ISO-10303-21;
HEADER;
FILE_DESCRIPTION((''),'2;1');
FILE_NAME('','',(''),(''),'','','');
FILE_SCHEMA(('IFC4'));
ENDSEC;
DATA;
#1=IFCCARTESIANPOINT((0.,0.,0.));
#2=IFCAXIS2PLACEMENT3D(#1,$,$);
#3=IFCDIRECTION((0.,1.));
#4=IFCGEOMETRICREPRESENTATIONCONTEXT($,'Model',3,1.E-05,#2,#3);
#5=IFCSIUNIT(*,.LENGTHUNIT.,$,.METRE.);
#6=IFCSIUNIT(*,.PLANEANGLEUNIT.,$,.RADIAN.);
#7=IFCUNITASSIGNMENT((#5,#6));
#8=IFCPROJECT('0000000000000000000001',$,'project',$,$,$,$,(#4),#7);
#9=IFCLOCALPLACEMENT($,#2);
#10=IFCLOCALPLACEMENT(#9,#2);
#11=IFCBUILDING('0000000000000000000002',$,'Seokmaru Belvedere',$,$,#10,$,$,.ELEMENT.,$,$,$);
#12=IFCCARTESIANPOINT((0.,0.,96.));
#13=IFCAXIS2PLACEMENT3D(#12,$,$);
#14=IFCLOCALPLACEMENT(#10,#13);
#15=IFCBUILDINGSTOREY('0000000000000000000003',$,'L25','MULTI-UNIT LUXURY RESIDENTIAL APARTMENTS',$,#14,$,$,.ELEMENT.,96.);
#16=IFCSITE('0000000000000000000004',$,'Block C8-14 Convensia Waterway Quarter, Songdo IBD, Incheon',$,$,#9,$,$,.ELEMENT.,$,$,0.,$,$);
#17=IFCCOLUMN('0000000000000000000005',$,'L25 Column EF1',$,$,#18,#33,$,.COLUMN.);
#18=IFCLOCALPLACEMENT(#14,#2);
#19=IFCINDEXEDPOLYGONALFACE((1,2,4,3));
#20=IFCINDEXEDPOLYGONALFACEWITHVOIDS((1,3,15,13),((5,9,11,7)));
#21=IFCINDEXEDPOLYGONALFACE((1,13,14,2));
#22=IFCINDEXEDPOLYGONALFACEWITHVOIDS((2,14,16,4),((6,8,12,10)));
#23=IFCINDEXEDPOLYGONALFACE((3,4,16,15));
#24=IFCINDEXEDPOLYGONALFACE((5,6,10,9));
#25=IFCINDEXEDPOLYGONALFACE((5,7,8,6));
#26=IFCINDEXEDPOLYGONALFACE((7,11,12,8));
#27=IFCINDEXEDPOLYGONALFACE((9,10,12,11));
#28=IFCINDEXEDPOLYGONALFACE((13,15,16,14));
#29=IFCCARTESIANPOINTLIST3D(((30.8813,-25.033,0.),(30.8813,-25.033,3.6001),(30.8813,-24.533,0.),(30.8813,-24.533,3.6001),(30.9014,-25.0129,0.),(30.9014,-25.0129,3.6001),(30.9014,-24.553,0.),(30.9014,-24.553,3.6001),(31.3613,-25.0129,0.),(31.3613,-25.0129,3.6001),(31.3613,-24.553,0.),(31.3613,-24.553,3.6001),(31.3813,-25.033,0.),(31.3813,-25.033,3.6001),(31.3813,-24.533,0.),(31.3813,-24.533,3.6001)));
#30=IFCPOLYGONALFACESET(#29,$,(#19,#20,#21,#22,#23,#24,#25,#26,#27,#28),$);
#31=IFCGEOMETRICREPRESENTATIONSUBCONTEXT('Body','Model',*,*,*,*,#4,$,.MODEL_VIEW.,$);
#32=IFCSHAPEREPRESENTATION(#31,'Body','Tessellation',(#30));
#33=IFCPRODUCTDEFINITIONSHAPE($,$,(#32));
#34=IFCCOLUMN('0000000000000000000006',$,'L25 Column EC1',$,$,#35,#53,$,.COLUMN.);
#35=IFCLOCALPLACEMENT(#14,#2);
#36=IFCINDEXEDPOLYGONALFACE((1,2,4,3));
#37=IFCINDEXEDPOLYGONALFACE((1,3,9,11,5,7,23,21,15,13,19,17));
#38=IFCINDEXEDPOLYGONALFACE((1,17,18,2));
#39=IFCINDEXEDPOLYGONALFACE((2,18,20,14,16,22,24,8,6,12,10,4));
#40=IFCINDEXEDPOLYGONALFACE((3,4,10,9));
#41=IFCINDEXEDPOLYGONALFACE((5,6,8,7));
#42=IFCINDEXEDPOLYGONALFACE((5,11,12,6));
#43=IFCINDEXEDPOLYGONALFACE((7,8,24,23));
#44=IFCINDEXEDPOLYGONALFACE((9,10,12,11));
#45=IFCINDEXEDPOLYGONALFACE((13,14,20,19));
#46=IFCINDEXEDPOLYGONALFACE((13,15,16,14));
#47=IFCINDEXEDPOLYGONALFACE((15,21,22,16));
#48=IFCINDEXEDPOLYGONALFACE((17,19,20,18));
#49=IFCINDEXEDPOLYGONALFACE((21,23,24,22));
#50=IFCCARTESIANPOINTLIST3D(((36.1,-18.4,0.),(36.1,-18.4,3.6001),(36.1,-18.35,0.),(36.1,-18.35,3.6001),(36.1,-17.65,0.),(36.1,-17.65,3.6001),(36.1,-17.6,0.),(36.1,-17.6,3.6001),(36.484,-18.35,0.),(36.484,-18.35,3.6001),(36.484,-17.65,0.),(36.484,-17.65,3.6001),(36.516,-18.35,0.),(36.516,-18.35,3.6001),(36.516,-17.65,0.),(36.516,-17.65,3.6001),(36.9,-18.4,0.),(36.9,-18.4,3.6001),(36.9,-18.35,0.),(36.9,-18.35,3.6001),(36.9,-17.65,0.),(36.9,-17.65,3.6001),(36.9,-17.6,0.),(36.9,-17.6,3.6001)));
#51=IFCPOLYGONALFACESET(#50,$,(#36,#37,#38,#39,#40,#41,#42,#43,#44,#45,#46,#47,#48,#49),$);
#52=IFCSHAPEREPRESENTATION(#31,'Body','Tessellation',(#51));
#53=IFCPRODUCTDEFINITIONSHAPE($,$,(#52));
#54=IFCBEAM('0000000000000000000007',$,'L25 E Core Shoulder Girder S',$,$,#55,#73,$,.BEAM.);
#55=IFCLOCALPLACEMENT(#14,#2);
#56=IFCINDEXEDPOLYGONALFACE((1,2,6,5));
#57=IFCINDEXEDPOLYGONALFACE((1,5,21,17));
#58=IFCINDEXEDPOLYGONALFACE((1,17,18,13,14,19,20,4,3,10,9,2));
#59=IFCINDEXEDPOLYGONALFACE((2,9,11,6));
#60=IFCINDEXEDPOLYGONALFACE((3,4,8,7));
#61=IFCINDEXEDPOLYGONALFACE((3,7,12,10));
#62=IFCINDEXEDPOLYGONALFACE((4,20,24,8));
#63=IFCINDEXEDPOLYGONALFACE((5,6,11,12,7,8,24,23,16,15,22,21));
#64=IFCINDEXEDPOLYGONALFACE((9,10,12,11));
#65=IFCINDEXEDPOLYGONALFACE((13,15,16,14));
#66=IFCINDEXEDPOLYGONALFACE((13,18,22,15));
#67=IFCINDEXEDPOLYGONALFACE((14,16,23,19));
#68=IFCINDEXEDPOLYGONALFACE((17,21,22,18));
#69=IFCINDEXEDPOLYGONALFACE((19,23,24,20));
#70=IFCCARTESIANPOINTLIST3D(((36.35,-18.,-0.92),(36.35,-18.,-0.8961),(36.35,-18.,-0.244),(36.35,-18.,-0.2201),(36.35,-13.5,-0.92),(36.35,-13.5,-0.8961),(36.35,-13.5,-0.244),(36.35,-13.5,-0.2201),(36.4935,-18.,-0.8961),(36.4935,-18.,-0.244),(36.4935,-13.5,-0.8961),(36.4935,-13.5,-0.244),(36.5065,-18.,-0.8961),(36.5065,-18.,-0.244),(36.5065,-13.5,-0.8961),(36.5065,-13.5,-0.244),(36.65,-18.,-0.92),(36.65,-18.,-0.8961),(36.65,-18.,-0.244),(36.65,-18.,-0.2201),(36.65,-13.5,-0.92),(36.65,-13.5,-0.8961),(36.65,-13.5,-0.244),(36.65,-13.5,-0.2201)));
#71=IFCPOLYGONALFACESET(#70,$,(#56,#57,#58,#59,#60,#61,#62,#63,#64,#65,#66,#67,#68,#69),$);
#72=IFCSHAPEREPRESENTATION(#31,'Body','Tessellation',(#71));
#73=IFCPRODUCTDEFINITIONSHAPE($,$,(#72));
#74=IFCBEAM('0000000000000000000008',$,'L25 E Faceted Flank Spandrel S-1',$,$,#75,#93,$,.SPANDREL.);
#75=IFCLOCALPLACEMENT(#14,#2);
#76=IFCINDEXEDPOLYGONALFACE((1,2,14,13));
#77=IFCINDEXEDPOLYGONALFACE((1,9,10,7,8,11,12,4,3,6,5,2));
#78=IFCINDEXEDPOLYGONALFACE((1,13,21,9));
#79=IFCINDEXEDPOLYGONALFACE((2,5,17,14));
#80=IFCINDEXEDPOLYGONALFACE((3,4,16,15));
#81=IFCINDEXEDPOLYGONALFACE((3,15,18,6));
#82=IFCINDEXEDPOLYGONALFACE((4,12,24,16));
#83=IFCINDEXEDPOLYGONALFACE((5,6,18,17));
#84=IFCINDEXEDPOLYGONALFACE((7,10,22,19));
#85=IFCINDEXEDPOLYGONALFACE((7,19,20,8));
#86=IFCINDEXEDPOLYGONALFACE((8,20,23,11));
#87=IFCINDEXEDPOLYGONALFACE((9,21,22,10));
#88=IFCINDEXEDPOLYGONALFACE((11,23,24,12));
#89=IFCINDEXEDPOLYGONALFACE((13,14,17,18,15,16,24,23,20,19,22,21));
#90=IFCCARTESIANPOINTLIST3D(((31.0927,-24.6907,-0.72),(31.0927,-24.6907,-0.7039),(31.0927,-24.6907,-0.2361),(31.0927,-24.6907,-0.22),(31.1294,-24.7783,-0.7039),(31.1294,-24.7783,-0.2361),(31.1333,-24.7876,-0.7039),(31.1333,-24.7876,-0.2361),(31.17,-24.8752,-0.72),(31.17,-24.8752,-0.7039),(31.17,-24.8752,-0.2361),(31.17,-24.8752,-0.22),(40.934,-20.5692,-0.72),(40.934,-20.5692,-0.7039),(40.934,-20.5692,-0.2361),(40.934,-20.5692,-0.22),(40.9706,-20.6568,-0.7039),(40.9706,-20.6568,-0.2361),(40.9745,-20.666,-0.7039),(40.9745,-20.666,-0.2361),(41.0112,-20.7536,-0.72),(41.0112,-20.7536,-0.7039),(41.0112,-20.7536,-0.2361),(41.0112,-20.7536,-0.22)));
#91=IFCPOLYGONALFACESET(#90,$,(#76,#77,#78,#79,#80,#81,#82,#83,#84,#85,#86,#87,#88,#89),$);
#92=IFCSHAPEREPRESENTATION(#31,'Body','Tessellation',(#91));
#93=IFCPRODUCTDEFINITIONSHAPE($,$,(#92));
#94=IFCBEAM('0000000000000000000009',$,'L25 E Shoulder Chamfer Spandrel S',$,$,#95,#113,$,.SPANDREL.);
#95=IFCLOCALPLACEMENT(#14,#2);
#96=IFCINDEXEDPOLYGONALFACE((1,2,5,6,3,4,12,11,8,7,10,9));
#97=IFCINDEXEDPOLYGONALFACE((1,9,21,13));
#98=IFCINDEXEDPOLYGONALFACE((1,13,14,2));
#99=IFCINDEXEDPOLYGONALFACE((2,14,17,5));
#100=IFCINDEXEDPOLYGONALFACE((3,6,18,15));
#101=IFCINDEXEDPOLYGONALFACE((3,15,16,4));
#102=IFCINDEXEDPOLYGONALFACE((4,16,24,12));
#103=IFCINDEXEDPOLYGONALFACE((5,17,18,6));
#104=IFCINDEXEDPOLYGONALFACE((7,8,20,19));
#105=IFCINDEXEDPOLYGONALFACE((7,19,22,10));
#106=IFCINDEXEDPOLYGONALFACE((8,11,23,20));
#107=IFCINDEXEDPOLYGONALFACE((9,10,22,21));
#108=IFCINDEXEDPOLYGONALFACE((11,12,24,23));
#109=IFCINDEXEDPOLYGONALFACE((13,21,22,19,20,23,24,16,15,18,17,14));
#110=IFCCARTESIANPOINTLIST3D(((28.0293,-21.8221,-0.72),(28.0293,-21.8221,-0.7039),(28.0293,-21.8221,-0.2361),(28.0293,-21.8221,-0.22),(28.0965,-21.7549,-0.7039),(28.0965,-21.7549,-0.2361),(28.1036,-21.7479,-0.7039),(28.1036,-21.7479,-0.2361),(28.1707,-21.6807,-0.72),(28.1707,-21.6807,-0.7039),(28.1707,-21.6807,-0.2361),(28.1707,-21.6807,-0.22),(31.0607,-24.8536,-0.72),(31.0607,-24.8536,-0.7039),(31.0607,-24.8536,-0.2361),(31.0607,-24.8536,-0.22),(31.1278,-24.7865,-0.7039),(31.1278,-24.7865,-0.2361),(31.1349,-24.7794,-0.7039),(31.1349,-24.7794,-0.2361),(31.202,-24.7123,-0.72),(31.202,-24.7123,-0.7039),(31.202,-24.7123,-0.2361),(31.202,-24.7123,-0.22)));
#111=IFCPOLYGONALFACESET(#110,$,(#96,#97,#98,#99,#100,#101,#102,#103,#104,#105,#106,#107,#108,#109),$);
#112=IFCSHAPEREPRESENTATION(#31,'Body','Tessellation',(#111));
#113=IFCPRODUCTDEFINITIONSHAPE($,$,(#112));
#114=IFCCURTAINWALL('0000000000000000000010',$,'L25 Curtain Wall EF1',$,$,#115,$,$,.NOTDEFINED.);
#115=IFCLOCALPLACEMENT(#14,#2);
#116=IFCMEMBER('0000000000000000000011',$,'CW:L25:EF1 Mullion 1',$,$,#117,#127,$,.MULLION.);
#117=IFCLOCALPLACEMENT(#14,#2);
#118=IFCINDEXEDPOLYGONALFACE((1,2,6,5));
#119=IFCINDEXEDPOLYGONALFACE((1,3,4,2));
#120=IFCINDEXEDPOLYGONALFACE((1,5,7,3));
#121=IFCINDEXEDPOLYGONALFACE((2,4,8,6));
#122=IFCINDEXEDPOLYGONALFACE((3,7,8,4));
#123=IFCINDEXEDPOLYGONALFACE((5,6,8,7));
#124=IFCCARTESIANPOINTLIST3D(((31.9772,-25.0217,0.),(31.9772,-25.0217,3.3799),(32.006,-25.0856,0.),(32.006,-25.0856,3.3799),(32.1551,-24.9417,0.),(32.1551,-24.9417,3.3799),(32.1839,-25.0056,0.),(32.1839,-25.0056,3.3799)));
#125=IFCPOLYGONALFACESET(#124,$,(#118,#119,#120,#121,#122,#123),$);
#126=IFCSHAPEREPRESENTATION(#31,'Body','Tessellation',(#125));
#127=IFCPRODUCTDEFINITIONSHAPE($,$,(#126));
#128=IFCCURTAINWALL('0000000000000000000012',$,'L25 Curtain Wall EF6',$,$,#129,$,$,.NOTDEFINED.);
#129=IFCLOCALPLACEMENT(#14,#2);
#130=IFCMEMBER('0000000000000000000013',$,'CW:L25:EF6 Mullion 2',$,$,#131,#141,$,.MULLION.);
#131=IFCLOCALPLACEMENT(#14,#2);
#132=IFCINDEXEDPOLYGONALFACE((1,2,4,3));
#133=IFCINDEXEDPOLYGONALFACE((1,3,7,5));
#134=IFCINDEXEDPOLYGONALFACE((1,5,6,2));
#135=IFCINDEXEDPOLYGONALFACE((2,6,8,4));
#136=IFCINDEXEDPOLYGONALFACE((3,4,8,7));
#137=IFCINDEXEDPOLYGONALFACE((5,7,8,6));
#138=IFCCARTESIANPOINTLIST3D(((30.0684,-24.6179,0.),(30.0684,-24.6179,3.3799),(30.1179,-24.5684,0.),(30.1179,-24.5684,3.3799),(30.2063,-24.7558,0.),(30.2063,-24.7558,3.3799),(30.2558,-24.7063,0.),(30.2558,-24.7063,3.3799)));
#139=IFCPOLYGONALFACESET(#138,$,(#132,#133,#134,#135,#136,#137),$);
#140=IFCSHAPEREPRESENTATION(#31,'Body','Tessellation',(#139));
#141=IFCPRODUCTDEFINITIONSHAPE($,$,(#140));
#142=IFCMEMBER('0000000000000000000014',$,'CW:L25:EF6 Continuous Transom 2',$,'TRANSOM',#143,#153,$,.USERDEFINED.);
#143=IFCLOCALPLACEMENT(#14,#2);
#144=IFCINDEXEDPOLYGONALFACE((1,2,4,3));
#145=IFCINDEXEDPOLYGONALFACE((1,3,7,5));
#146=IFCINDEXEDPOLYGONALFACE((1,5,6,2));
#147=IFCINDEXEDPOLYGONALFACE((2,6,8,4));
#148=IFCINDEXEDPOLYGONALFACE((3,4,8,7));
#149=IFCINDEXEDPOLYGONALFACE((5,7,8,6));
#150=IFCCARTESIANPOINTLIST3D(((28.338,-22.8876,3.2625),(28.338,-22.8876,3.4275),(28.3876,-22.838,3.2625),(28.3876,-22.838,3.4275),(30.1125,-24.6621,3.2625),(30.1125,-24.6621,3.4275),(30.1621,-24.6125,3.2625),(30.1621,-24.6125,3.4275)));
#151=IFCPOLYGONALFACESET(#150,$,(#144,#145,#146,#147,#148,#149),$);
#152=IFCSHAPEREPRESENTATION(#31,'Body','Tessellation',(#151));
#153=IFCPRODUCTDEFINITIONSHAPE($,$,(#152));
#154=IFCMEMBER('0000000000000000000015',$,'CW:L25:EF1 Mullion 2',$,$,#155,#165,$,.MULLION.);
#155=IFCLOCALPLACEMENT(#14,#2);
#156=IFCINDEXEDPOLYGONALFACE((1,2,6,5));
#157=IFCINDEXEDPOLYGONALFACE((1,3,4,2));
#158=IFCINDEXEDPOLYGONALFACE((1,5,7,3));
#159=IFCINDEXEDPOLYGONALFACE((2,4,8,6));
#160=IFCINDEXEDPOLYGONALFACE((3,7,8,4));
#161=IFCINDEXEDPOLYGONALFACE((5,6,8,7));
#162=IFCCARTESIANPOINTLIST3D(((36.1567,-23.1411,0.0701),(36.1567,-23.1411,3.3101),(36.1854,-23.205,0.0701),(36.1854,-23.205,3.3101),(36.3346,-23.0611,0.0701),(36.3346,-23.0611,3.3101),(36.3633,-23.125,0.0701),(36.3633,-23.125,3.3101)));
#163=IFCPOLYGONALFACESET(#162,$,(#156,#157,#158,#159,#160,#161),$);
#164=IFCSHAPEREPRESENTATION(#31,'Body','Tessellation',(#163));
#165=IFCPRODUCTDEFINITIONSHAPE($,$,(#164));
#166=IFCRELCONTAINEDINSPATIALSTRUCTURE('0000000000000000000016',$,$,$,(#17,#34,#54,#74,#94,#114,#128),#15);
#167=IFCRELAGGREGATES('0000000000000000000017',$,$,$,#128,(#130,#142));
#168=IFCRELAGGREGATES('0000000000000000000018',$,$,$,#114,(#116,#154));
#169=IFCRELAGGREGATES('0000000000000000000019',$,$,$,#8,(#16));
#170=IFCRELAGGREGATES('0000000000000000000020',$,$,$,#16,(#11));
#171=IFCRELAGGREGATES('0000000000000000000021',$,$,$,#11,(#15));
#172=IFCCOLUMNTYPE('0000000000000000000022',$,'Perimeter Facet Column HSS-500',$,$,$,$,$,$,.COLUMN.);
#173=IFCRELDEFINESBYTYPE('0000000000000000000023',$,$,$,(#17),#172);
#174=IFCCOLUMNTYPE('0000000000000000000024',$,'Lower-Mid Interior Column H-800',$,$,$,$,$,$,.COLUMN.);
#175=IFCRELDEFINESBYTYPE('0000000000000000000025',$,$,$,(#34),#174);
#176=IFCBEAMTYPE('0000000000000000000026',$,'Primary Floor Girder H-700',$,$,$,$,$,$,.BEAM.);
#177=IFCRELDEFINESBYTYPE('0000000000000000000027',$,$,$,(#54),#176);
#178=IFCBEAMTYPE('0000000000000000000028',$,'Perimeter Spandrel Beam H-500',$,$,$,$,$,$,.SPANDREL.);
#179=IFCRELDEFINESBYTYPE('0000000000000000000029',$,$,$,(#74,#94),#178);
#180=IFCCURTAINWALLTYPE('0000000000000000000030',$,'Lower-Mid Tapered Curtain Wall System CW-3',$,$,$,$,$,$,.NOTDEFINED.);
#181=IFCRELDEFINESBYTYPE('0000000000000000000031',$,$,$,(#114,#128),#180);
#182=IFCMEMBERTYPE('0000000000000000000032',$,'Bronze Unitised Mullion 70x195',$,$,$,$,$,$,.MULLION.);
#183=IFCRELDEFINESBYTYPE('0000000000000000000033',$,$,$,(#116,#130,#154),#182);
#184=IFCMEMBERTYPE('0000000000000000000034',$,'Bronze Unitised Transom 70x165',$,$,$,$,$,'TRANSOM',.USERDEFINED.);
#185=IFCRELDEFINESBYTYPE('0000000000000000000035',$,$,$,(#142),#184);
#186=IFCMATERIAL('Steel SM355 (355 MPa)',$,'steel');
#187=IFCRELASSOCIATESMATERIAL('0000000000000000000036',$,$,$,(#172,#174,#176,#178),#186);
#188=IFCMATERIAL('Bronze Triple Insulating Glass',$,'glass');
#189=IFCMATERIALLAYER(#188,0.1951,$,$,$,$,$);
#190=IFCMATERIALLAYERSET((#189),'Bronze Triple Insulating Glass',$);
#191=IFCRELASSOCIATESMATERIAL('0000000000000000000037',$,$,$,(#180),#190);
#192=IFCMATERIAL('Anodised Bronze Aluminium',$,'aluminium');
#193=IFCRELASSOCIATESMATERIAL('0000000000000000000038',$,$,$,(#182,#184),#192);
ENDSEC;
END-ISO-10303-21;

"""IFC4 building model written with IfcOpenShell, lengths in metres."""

from ifc_helpers import new_model, si_unit, direction, frame, origin, origin_2d, place, context, subcontext, project, spatial, rectangle, hollow_rectangle, i_section, extrude, source, transform, mapped, material, layer, layer_set, material_profile, profile_set, type_object, type_shapes, element, aggregate, save


model = new_model("IFC4")

# Units and contexts
model_context = context("Model", 3, precision=1e-05, world=origin(), true_north=direction((0.0, 1.0)))
body_context = subcontext(model_context, "Body", "Model", "MODEL_VIEW")
ifc_project = project(units=[si_unit("LENGTHUNIT", "METRE"), si_unit("PLANEANGLEUNIT", "RADIAN")], contexts=[model_context])

# Site, building, storey
site_placement = place(None, origin())
site = spatial("IfcSite", under=ifc_project, at=site_placement, Name="Block C8-14 Convensia Waterway Quarter, Songdo IBD, Incheon", CompositionType="ELEMENT", RefElevation=0.0)
building_placement = place(site_placement, origin())
building = spatial("IfcBuilding", under=site, at=building_placement, Name="Seokmaru Belvedere", CompositionType="ELEMENT")
storey_placement = place(building_placement, frame((0.0, 0.0, 96.0)))
storey = spatial("IfcBuildingStorey", under=building, at=storey_placement, Name="L25", Description="MULTI-UNIT LUXURY RESIDENTIAL APARTMENTS", CompositionType="ELEMENT", Elevation=96.0)

# Columns
ifc_material_1 = material(Name="Steel SM355 (355 MPa)", Category="steel")
ifc_material_profile_1 = material_profile(ifc_material_1, hollow_rectangle(XDim=0.5, YDim=0.5, WallThickness=0.02, at=origin_2d()), Name="HSS-500x500x20")
ifc_profile_set_1 = profile_set([ifc_material_profile_1], Name="Steel SM355 (355 MPa)")
column_type_1 = type_object("IfcColumnType", Name="Perimeter Facet Column HSS-500", PredefinedType="COLUMN", material=ifc_profile_set_1)
shared_shape_1 = source(origin(), body_context, "Body", "SweptSolid", [
    extrude(hollow_rectangle(XDim=0.5, YDim=0.5, WallThickness=0.02, at=origin_2d()), origin(), (0.0, 0.0, 1.0), 3.6001),
])
type_shapes(column_type_1, [shared_shape_1])
column_1_placement = place(storey_placement, frame((31.1313, -24.783, 0.0), z_axis=(0.0, 0.0, 1.0), x_axis=(1.0, 0.0, 0.0)))
element("IfcColumn", 1, at=column_1_placement, inside=storey, type_object=column_type_1, Name="L25 Column EF1", PredefinedType="COLUMN", context=body_context, shape_type="MappedRepresentation", body=[
    mapped(shared_shape_1, transform((0.0, 0.0, 0.0), scale=1.0)),
])
ifc_material_profile_2 = material_profile(ifc_material_1, i_section(OverallWidth=0.8, OverallDepth=0.8, WebThickness=0.032, FlangeThickness=0.05, at=origin_2d()), Name="H-800x800x32x50")
ifc_profile_set_2 = profile_set([ifc_material_profile_2], Name="Steel SM355 (355 MPa)")
column_type_2 = type_object("IfcColumnType", Name="Lower-Mid Interior Column H-800", PredefinedType="COLUMN", material=ifc_profile_set_2)
shared_shape_2 = source(origin(), body_context, "Body", "SweptSolid", [
    extrude(i_section(OverallWidth=0.8, OverallDepth=0.8, WebThickness=0.032, FlangeThickness=0.05, at=origin_2d()), origin(), (0.0, 0.0, 1.0), 3.6001),
])
type_shapes(column_type_2, [shared_shape_2])
column_2_placement = place(storey_placement, frame((36.5, -18.0, 0.0), z_axis=(0.0, 0.0, 1.0), x_axis=(1.0, 0.0, 0.0)))
element("IfcColumn", 2, at=column_2_placement, inside=storey, type_object=column_type_2, Name="L25 Column EC1", PredefinedType="COLUMN", context=body_context, shape_type="MappedRepresentation", body=[
    mapped(shared_shape_2, transform((0.0, 0.0, 0.0), scale=1.0)),
])

# Beams
ifc_material_profile_3 = material_profile(ifc_material_1, i_section(OverallWidth=0.3, OverallDepth=0.7, WebThickness=0.0129, FlangeThickness=0.0239, at=origin_2d()), Name="H-700x300x13x24")
ifc_profile_set_3 = profile_set([ifc_material_profile_3], Name="Steel SM355 (355 MPa)")
beam_type_1 = type_object("IfcBeamType", Name="Primary Floor Girder H-700", PredefinedType="BEAM", material=ifc_profile_set_3)
shared_shape_3 = source(origin(), body_context, "Body", "SweptSolid", [
    extrude(i_section(OverallWidth=0.3, OverallDepth=0.7, WebThickness=0.0129, FlangeThickness=0.0239, at=origin_2d()), origin(), (0.0, 0.0, 1.0), 4.5),
])
type_shapes(beam_type_1, [shared_shape_3])
beam_1_placement = place(storey_placement, frame((36.5, -18.0, -0.5701), z_axis=(0.0, 1.0, 0.0), x_axis=(-1.0, 0.0, 0.0)))
element("IfcBeam", 3, at=beam_1_placement, inside=storey, type_object=beam_type_1, Name="L25 E Core Shoulder Girder S", PredefinedType="BEAM", context=body_context, shape_type="MappedRepresentation", body=[
    mapped(shared_shape_3, transform((0.0, 0.0, 0.0), scale=1.0)),
])
ifc_material_profile_4 = material_profile(ifc_material_1, i_section(OverallWidth=0.2, OverallDepth=0.5, WebThickness=0.01, FlangeThickness=0.0161, at=origin_2d()), Name="H-500x200x10x16")
ifc_profile_set_4 = profile_set([ifc_material_profile_4], Name="Steel SM355 (355 MPa)")
beam_type_2 = type_object("IfcBeamType", Name="Perimeter Spandrel Beam H-500", PredefinedType="SPANDREL", material=ifc_profile_set_4)
shared_shape_4 = source(origin(), body_context, "Body", "SweptSolid", [
    extrude(i_section(OverallWidth=0.2, OverallDepth=0.5, WebThickness=0.01, FlangeThickness=0.0161, at=origin_2d()), origin(), (0.0, 0.0, 1.0), 10.6694),
])
beam_2_placement = place(storey_placement, frame((31.1313, -24.783, -0.47), z_axis=(0.922375, 0.386295, 0.0), x_axis=(-0.386295, 0.922375, 0.0)))
element("IfcBeam", 4, at=beam_2_placement, inside=storey, type_object=beam_type_2, Name="L25 E Faceted Flank Spandrel S-1", PredefinedType="SPANDREL", context=body_context, shape_type="MappedRepresentation", body=[
    mapped(shared_shape_4, transform((0.0, 0.0, 0.0), scale=1.0)),
])
shared_shape_5 = source(origin(), body_context, "Body", "SweptSolid", [
    extrude(i_section(OverallWidth=0.2, OverallDepth=0.5, WebThickness=0.01, FlangeThickness=0.0161, at=origin_2d()), origin(), (0.0, 0.0, 1.0), 4.2871),
])
type_shapes(beam_type_2, [shared_shape_4, shared_shape_5])
beam_3_placement = place(storey_placement, frame((31.1313, -24.783, -0.47), z_axis=(-0.707078, 0.707135, 0.0), x_axis=(-0.707135, -0.707078, 0.0)))
element("IfcBeam", 5, at=beam_3_placement, inside=storey, type_object=beam_type_2, Name="L25 E Shoulder Chamfer Spandrel S", PredefinedType="SPANDREL", context=body_context, shape_type="MappedRepresentation", body=[
    mapped(shared_shape_5, transform((0.0, 0.0, 0.0), scale=1.0)),
])

# Curtain wall, member
ifc_material_2 = material(Name="Bronze Triple Insulating Glass", Category="glass")
ifc_layer_1 = layer(ifc_material_2, 0.1951)
ifc_layer_set_1 = layer_set([ifc_layer_1], Name="Bronze Triple Insulating Glass")
curtain_wall_type = type_object("IfcCurtainWallType", Name="Lower-Mid Tapered Curtain Wall System CW-3", PredefinedType="NOTDEFINED", material=ifc_layer_set_1)
curtain_wall_1_placement = place(storey_placement, origin())
curtain_wall_1 = element("IfcCurtainWall", 6, at=curtain_wall_1_placement, inside=storey, type_object=curtain_wall_type, Name="L25 Curtain Wall EF1", PredefinedType="NOTDEFINED")
ifc_material_3 = material(Name="Anodised Bronze Aluminium", Category="aluminium")
ifc_material_profile_5 = material_profile(ifc_material_3, rectangle(XDim=0.0701, YDim=0.1951, at=origin_2d()), Name="CW-M-70x195")
ifc_profile_set_5 = profile_set([ifc_material_profile_5], Name="Anodised Bronze Aluminium")
member_type_1 = type_object("IfcMemberType", Name="Bronze Unitised Mullion 70x195", PredefinedType="MULLION", material=ifc_profile_set_5)
shared_shape_6 = source(origin(), body_context, "Body", "SweptSolid", [
    extrude(rectangle(XDim=0.0701, YDim=0.1951, at=origin_2d()), origin(), (0.0, 0.0, 1.0), 3.3799),
])
member_1_placement = place(storey_placement, frame((32.0806, -25.0137, 0.0), z_axis=(0.0, 0.0, 1.0), x_axis=(-0.410366, 0.911921, 0.0)))
member_1 = element("IfcMember", 7, at=member_1_placement, type_object=member_type_1, Name="CW:L25:EF1 Mullion 1", PredefinedType="MULLION", context=body_context, shape_type="MappedRepresentation", body=[
    mapped(shared_shape_6, transform((0.0, 0.0, 0.0), scale=1.0)),
])

# Curtain wall, members
curtain_wall_2_placement = place(storey_placement, origin())
curtain_wall_2 = element("IfcCurtainWall", 8, at=curtain_wall_2_placement, inside=storey, type_object=curtain_wall_type, Name="L25 Curtain Wall EF6", PredefinedType="NOTDEFINED")
member_2_placement = place(storey_placement, frame((30.1621, -24.6621, 0.0), z_axis=(0.0, 0.0, 1.0), x_axis=(0.707107, 0.707107, 0.0)))
member_2 = element("IfcMember", 9, at=member_2_placement, type_object=member_type_1, Name="CW:L25:EF6 Mullion 2", PredefinedType="MULLION", context=body_context, shape_type="MappedRepresentation", body=[
    mapped(shared_shape_6, transform((0.0, 0.0, 0.0), scale=1.0)),
])
ifc_material_profile_6 = material_profile(ifc_material_3, rectangle(XDim=0.0701, YDim=0.165, at=origin_2d()), Name="CW-T-70x165")
ifc_profile_set_6 = profile_set([ifc_material_profile_6], Name="Anodised Bronze Aluminium")
member_type_2 = type_object("IfcMemberType", Name="Bronze Unitised Transom 70x165", ElementType="TRANSOM", PredefinedType="USERDEFINED", material=ifc_profile_set_6)
shared_shape_7 = source(origin(), body_context, "Body", "SweptSolid", [
    extrude(rectangle(XDim=0.0701, YDim=0.165, at=origin_2d()), origin(), (0.0, 0.0, 1.0), 2.5095),
])
member_3_placement = place(storey_placement, frame((28.3628, -22.8628, 3.345), z_axis=(0.707107, -0.707107, 0.0), x_axis=(0.707107, 0.707107, 0.0)))
member_3 = element("IfcMember", 10, at=member_3_placement, type_object=member_type_2, Name="CW:L25:EF6 Continuous Transom 2", ObjectType="TRANSOM", PredefinedType="USERDEFINED", context=body_context, shape_type="MappedRepresentation", body=[
    mapped(shared_shape_7, transform((0.0, 0.0, 0.0), scale=1.0)),
])

# Member
shared_shape_8 = source(origin(), body_context, "Body", "SweptSolid", [
    extrude(rectangle(XDim=0.0701, YDim=0.1951, at=origin_2d()), origin(), (0.0, 0.0, 1.0), 3.24),
])
type_shapes(member_type_1, [shared_shape_6, shared_shape_8])
member_4_placement = place(storey_placement, frame((36.26, -23.1331, 0.0701), z_axis=(0.0, 0.0, 1.0), x_axis=(-0.410366, 0.911921, 0.0)))
member_4 = element("IfcMember", 11, at=member_4_placement, type_object=member_type_1, Name="CW:L25:EF1 Mullion 2", PredefinedType="MULLION", context=body_context, shape_type="MappedRepresentation", body=[
    mapped(shared_shape_8, transform((0.0, 0.0, 0.0), scale=1.0)),
])

aggregate(curtain_wall_2, [member_2, member_3])
aggregate(curtain_wall_1, [member_1, member_4])

save(model, "model.ifc")
